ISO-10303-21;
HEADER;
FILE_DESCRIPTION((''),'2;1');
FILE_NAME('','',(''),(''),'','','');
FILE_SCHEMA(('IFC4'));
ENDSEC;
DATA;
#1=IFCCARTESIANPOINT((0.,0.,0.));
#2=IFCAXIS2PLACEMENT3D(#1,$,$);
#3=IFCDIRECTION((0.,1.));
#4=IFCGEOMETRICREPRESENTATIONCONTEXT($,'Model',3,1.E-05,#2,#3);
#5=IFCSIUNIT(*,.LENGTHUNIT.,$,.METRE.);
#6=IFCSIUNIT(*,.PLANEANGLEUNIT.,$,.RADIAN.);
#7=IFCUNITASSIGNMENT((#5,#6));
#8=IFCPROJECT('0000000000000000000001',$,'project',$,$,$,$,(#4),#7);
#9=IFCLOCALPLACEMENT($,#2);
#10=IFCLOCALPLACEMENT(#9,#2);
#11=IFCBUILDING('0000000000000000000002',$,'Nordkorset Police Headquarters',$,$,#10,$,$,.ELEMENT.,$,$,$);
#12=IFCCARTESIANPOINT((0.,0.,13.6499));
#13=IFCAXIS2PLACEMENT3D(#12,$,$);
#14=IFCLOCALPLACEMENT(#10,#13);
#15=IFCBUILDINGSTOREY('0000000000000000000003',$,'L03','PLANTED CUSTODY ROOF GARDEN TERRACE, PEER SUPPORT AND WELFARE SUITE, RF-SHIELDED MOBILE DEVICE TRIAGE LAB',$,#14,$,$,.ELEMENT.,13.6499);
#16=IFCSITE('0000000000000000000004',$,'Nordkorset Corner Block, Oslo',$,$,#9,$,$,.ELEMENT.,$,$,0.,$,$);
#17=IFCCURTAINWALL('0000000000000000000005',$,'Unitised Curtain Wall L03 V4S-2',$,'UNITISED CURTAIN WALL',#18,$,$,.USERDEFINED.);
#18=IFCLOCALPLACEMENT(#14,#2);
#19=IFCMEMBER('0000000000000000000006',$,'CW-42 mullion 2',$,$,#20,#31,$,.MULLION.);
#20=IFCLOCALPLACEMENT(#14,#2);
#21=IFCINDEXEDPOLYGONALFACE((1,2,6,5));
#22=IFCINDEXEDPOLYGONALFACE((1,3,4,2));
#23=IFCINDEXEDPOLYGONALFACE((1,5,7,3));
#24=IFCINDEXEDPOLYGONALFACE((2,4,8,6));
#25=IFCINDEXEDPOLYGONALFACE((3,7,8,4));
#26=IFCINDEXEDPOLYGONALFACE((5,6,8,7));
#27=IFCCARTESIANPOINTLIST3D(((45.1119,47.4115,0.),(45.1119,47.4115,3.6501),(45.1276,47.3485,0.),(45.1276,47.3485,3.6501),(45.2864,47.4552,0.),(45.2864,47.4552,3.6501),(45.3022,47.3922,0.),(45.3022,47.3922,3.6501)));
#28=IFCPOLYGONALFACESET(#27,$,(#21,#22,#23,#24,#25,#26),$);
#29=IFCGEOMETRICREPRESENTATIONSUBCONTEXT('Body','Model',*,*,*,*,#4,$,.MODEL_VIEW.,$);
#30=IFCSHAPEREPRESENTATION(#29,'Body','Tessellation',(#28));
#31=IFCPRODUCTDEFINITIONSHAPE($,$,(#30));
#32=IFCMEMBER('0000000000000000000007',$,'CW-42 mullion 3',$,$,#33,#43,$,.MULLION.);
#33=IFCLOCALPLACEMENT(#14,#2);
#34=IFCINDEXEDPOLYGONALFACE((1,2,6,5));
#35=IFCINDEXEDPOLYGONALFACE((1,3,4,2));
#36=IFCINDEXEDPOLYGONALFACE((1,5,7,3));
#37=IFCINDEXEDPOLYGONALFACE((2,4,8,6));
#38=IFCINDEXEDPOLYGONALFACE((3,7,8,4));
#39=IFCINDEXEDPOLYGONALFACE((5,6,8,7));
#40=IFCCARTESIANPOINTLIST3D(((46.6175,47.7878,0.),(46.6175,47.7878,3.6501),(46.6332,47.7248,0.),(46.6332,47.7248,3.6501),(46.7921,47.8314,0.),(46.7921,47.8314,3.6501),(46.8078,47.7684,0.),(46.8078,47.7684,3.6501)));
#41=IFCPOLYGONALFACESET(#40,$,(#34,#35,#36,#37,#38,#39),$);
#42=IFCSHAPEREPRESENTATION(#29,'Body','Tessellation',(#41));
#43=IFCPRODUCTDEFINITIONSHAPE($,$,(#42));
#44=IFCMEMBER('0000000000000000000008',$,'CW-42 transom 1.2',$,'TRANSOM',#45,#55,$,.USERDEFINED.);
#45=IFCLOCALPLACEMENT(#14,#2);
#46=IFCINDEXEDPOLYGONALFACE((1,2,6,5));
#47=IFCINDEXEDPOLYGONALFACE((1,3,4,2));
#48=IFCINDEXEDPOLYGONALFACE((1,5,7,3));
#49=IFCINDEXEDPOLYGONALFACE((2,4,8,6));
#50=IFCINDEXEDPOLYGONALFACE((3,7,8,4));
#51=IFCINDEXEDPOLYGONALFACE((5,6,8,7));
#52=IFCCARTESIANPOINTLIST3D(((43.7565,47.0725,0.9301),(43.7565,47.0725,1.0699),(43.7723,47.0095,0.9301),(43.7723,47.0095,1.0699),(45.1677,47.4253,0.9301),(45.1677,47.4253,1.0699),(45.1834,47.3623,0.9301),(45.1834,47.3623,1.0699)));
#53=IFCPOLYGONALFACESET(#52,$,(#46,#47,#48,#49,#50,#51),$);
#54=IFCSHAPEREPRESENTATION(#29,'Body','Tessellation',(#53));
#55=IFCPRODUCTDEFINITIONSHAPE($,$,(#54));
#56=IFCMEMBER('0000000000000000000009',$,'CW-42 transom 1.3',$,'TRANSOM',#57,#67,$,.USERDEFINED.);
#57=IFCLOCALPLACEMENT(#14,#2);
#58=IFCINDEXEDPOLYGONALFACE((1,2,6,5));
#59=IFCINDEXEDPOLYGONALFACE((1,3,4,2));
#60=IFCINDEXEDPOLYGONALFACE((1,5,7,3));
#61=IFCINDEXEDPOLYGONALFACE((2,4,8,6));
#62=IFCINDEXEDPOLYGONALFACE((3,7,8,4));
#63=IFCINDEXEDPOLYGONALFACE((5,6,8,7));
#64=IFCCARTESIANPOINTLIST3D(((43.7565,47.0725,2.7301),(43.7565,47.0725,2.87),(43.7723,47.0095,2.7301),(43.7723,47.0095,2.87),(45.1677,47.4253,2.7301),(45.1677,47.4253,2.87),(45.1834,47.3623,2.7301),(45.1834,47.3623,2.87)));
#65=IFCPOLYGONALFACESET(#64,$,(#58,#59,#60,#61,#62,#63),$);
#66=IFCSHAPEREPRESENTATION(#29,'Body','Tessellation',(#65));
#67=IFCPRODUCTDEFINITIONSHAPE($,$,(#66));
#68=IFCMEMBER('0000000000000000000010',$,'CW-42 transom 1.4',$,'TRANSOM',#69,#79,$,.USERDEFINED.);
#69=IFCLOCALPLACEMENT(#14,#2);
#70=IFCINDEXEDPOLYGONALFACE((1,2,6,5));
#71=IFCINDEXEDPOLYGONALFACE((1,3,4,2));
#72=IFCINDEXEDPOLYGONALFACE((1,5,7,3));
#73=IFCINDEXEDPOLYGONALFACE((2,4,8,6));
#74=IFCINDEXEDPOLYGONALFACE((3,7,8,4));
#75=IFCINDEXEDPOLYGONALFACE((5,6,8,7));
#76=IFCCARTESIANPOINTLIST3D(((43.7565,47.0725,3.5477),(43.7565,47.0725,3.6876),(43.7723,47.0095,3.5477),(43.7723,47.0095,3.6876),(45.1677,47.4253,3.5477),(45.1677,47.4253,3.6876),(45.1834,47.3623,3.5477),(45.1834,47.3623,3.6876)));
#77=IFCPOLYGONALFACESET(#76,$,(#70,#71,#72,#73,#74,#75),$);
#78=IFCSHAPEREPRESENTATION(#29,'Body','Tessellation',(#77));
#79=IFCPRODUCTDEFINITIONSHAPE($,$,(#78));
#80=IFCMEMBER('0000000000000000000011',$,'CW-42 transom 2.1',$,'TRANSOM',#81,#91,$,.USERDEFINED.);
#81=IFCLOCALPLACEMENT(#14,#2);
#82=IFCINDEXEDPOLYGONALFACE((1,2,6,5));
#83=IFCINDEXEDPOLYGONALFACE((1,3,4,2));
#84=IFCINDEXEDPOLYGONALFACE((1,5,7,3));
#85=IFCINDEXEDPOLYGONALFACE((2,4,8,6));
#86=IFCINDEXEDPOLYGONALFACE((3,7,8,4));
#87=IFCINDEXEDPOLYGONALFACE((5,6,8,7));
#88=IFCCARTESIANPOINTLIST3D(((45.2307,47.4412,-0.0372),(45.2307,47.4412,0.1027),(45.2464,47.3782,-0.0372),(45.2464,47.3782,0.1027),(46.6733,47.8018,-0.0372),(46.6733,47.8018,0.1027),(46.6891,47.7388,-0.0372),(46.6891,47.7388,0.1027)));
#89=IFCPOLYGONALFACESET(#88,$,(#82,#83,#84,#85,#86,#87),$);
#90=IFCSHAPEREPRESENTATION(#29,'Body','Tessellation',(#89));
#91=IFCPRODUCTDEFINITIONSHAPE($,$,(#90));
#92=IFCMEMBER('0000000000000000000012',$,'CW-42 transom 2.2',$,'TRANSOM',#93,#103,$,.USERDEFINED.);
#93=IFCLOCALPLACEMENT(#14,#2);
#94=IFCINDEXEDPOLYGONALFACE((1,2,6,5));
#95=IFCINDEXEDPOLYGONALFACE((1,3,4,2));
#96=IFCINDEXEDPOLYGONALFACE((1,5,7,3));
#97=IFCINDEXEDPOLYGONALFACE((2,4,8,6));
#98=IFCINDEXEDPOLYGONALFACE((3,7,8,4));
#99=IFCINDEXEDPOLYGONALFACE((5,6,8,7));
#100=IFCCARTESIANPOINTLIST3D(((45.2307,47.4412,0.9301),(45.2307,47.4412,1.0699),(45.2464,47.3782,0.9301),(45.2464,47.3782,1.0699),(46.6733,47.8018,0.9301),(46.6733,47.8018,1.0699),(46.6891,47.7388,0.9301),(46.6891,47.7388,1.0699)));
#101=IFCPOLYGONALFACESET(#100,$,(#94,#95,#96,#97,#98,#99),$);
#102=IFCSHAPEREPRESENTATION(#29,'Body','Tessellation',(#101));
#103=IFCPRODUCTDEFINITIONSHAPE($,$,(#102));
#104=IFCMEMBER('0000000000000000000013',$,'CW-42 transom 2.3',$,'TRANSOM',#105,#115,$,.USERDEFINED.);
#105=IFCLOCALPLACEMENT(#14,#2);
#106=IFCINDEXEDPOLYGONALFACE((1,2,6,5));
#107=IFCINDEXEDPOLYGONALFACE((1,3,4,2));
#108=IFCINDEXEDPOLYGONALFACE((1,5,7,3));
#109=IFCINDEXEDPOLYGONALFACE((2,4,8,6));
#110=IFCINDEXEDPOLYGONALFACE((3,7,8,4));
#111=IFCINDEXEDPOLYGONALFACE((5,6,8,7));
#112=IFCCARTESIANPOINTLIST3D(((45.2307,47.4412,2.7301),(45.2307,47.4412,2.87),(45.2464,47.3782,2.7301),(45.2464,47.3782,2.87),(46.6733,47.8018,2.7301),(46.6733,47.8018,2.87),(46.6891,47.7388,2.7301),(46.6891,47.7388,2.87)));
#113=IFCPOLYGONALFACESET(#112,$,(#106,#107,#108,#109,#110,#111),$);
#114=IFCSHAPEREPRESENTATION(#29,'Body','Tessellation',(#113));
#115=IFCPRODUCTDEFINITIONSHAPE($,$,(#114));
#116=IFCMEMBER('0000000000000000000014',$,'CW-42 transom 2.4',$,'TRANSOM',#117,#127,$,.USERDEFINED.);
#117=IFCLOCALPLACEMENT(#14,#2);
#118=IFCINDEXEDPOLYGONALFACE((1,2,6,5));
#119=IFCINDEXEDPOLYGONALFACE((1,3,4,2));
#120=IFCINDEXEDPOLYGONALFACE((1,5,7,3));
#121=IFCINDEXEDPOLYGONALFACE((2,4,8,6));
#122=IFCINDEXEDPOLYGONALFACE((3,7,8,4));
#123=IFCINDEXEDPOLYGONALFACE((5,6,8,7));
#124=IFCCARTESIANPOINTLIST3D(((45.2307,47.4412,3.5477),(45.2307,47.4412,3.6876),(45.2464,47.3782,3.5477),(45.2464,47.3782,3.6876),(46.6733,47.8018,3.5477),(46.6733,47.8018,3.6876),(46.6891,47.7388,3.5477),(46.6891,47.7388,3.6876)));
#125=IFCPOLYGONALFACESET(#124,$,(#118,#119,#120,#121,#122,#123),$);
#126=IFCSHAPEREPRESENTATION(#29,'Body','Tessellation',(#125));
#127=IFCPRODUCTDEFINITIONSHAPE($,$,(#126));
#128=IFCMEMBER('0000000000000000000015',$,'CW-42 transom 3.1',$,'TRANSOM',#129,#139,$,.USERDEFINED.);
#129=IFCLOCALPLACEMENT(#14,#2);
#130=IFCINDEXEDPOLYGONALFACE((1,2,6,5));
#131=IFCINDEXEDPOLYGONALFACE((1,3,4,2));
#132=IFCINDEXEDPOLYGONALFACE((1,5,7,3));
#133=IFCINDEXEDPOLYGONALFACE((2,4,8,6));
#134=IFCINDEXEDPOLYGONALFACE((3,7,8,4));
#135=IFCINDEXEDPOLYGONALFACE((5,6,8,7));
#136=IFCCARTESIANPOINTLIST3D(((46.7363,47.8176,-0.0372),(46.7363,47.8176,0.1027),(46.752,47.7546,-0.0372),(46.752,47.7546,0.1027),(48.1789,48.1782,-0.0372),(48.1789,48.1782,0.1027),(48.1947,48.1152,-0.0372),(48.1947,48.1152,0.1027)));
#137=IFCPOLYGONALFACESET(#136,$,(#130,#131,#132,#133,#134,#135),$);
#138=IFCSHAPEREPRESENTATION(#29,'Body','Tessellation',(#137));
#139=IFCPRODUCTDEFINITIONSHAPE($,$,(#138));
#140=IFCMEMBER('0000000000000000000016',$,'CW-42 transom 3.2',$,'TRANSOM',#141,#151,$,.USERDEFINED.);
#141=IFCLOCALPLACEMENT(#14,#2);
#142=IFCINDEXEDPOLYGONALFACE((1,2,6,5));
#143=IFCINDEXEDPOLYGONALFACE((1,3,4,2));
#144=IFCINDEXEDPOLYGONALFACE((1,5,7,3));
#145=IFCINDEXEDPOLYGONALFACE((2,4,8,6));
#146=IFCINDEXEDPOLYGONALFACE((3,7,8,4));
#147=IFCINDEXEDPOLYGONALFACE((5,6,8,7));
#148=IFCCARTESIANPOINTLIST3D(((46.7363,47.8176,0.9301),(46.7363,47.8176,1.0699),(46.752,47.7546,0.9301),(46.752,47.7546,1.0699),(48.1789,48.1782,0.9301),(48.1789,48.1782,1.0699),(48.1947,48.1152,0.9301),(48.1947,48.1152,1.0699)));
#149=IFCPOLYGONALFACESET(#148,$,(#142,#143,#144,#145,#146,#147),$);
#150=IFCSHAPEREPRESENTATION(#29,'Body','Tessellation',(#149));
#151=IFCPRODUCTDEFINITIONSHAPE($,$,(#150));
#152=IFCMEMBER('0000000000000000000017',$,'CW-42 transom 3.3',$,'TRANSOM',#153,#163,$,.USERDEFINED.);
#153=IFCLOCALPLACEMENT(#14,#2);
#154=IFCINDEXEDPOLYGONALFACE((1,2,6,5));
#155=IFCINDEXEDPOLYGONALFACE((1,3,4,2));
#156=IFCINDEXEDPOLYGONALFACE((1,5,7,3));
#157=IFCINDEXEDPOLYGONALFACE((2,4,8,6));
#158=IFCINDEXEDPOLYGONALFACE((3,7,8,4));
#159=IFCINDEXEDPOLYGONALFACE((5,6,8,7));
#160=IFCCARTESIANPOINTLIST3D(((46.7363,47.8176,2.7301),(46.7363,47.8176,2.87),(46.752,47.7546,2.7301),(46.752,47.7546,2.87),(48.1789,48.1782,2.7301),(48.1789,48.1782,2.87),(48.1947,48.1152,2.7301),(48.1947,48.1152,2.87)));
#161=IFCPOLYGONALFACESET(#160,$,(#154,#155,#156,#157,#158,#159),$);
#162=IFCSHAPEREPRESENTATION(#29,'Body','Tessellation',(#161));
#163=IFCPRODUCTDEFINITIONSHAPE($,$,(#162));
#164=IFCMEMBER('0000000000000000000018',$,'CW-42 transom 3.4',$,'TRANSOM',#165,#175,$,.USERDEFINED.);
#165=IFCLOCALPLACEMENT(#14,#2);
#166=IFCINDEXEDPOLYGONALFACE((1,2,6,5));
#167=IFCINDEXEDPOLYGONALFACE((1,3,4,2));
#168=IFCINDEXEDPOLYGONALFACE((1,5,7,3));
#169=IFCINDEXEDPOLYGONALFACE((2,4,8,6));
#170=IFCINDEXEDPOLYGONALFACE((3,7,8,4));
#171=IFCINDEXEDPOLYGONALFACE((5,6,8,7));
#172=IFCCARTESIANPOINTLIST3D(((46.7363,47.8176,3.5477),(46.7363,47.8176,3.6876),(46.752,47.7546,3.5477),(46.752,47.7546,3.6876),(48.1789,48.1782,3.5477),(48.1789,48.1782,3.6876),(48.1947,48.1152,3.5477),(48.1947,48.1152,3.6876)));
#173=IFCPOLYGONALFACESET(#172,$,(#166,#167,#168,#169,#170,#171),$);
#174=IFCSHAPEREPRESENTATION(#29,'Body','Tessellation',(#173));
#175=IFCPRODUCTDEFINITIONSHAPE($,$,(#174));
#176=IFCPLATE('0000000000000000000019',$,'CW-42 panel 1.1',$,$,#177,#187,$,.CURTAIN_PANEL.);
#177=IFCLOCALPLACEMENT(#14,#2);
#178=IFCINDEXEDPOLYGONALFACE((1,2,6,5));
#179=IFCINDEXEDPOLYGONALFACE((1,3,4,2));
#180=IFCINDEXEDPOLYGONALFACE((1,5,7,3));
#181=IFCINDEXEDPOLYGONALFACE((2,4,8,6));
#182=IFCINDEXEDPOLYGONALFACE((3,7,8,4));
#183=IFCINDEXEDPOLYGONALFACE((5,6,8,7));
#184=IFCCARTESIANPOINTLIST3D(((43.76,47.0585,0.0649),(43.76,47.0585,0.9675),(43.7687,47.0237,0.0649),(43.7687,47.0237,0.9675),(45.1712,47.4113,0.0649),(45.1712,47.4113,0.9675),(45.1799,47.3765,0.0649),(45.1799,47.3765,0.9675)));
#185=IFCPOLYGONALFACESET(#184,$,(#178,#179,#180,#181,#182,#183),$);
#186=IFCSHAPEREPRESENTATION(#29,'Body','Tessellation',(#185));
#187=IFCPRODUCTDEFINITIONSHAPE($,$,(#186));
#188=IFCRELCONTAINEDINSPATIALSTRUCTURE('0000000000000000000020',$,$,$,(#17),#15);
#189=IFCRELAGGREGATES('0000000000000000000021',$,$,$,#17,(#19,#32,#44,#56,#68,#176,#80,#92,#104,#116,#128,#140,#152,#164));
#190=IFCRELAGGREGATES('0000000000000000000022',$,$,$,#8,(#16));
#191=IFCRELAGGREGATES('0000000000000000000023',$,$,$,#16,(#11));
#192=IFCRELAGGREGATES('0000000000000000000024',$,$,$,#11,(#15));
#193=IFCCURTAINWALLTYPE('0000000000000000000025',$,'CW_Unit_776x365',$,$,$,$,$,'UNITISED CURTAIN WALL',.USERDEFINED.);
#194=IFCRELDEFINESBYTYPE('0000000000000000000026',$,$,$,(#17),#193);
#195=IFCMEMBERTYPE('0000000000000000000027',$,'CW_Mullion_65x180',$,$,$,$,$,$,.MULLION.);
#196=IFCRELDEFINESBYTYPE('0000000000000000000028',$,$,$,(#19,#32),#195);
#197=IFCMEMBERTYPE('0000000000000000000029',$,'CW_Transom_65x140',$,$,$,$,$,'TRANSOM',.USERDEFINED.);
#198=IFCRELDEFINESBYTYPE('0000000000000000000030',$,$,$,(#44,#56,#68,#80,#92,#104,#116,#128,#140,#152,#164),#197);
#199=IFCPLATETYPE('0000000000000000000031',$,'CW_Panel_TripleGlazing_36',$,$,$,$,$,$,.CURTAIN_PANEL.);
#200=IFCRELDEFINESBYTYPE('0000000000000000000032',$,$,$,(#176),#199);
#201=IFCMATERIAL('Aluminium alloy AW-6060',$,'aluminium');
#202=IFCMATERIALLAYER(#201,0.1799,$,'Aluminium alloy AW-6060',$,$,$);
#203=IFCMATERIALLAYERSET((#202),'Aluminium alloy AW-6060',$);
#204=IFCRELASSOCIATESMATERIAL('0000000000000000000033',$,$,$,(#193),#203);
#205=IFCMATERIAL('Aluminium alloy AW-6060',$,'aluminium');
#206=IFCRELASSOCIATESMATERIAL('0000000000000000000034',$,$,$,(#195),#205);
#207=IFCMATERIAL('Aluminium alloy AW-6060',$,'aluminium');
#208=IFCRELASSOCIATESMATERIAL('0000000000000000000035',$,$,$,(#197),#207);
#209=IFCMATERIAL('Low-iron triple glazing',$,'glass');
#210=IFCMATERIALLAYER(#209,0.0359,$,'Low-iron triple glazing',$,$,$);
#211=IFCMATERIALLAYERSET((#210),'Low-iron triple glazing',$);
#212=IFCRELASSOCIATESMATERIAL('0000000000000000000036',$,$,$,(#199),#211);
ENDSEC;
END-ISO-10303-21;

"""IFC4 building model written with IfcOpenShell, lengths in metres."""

from ifc_helpers import new_model, si_unit, direction, frame, origin, origin_2d, place, context, subcontext, project, spatial, rectangle, extrude, material, layer, layer_set, material_profile, profile_set, type_object, element, aggregate, save


model = new_model("IFC4")

# Units and contexts
model_context = context("Model", 3, precision=1e-05, world=origin(), true_north=direction((0.0, 1.0)))
body_context = subcontext(model_context, "Body", "Model", "MODEL_VIEW")
ifc_project = project(units=[si_unit("LENGTHUNIT", "METRE"), si_unit("PLANEANGLEUNIT", "RADIAN")], contexts=[model_context])

# Site, building, storey
site_placement = place(None, origin())
site = spatial("IfcSite", under=ifc_project, at=site_placement, Name="Nordkorset Corner Block, Oslo", CompositionType="ELEMENT", RefElevation=0.0)
building_placement = place(site_placement, origin())
building = spatial("IfcBuilding", under=site, at=building_placement, Name="Nordkorset Police Headquarters", CompositionType="ELEMENT")
storey_placement = place(building_placement, frame((0.0, 0.0, 13.6499)))
storey = spatial("IfcBuildingStorey", under=building, at=storey_placement, Name="L03", Description="PLANTED CUSTODY ROOF GARDEN TERRACE, PEER SUPPORT AND WELFARE SUITE, RF-SHIELDED MOBILE DEVICE TRIAGE LAB", CompositionType="ELEMENT", Elevation=13.6499)

# Curtain wall, members, plate
ifc_material_1 = material(Name="Aluminium alloy AW-6060", Category="aluminium")
ifc_layer_1 = layer(ifc_material_1, 0.1799, Name="Aluminium alloy AW-6060")
ifc_layer_set_1 = layer_set([ifc_layer_1], Name="Aluminium alloy AW-6060")
curtain_wall_type = type_object("IfcCurtainWallType", Name="CW_Unit_776x365", ElementType="UNITISED CURTAIN WALL", PredefinedType="USERDEFINED", material=ifc_layer_set_1)
curtain_wall_placement = place(storey_placement, origin())
curtain_wall = element("IfcCurtainWall", 1, at=curtain_wall_placement, inside=storey, type_object=curtain_wall_type, Name="Unitised Curtain Wall L03 V4S-2", ObjectType="UNITISED CURTAIN WALL", PredefinedType="USERDEFINED")
ifc_material_2 = material(Name="Aluminium alloy AW-6060", Category="aluminium")
ifc_material_profile_1 = material_profile(ifc_material_2, rectangle(XDim=0.0649, YDim=0.1799, at=origin_2d()), Name="ALU MULL 65x180")
ifc_profile_set_1 = profile_set([ifc_material_profile_1], Name="Aluminium alloy AW-6060")
member_type_1 = type_object("IfcMemberType", Name="CW_Mullion_65x180", PredefinedType="MULLION", material=ifc_profile_set_1)
member_1_placement = place(storey_placement, frame((45.207, 47.4019, 0.0), z_axis=(0.0, 0.0, 1.0), x_axis=(-0.242535, 0.970143, 0.0)))
member_1 = element("IfcMember", 2, at=member_1_placement, type_object=member_type_1, Name="CW-42 mullion 2", PredefinedType="MULLION", context=body_context, shape_type="SweptSolid", body=[
    extrude(rectangle(XDim=0.0649, YDim=0.1799, at=origin_2d()), origin(), (0.0, 0.0, 1.0), 3.6501),
])
member_2_placement = place(storey_placement, frame((46.7126, 47.7781, 0.0), z_axis=(0.0, 0.0, 1.0), x_axis=(-0.242535, 0.970143, 0.0)))
member_2 = element("IfcMember", 3, at=member_2_placement, type_object=member_type_1, Name="CW-42 mullion 3", PredefinedType="MULLION", context=body_context, shape_type="SweptSolid", body=[
    extrude(rectangle(XDim=0.0649, YDim=0.1799, at=origin_2d()), origin(), (0.0, 0.0, 1.0), 3.6501),
])
ifc_material_3 = material(Name="Aluminium alloy AW-6060", Category="aluminium")
ifc_material_profile_2 = material_profile(ifc_material_3, rectangle(XDim=0.0649, YDim=0.1399, at=origin_2d()), Name="ALU TRAN 65x140")
ifc_profile_set_2 = profile_set([ifc_material_profile_2], Name="Aluminium alloy AW-6060")
member_type_2 = type_object("IfcMemberType", Name="CW_Transom_65x140", ElementType="TRANSOM", PredefinedType="USERDEFINED", material=ifc_profile_set_2)
member_3_placement = place(storey_placement, frame((43.7644, 47.041, 1.0), z_axis=(0.970143, 0.242536, 0.0), x_axis=(-0.242536, 0.970143, 0.0)))
member_3 = element("IfcMember", 4, at=member_3_placement, type_object=member_type_2, Name="CW-42 transom 1.2", ObjectType="TRANSOM", PredefinedType="USERDEFINED", context=body_context, shape_type="SweptSolid", body=[
    extrude(rectangle(XDim=0.0649, YDim=0.1399, at=origin_2d()), origin(), (0.0, 0.0, 1.0), 1.4546),
])
member_4_placement = place(storey_placement, frame((43.7644, 47.041, 2.8), z_axis=(0.970143, 0.242536, 0.0), x_axis=(-0.242536, 0.970143, 0.0)))
member_4 = element("IfcMember", 5, at=member_4_placement, type_object=member_type_2, Name="CW-42 transom 1.3", ObjectType="TRANSOM", PredefinedType="USERDEFINED", context=body_context, shape_type="SweptSolid", body=[
    extrude(rectangle(XDim=0.0649, YDim=0.1399, at=origin_2d()), origin(), (0.0, 0.0, 1.0), 1.4546),
])
member_5_placement = place(storey_placement, frame((43.7644, 47.041, 3.6177), z_axis=(0.970143, 0.242536, 0.0), x_axis=(-0.242536, 0.970143, 0.0)))
member_5 = element("IfcMember", 6, at=member_5_placement, type_object=member_type_2, Name="CW-42 transom 1.4", ObjectType="TRANSOM", PredefinedType="USERDEFINED", context=body_context, shape_type="SweptSolid", body=[
    extrude(rectangle(XDim=0.0649, YDim=0.1399, at=origin_2d()), origin(), (0.0, 0.0, 1.0), 1.4546),
])
member_6_placement = place(storey_placement, frame((45.2385, 47.4097, 0.0327), z_axis=(0.970152, 0.242497, 0.0), x_axis=(-0.242497, 0.970152, 0.0)))
member_6 = element("IfcMember", 7, at=member_6_placement, type_object=member_type_2, Name="CW-42 transom 2.1", ObjectType="TRANSOM", PredefinedType="USERDEFINED", context=body_context, shape_type="SweptSolid", body=[
    extrude(rectangle(XDim=0.0649, YDim=0.1399, at=origin_2d()), origin(), (0.0, 0.0, 1.0), 1.4871),
])
member_7_placement = place(storey_placement, frame((45.2385, 47.4097, 1.0), z_axis=(0.970152, 0.242497, 0.0), x_axis=(-0.242497, 0.970152, 0.0)))
member_7 = element("IfcMember", 8, at=member_7_placement, type_object=member_type_2, Name="CW-42 transom 2.2", ObjectType="TRANSOM", PredefinedType="USERDEFINED", context=body_context, shape_type="SweptSolid", body=[
    extrude(rectangle(XDim=0.0649, YDim=0.1399, at=origin_2d()), origin(), (0.0, 0.0, 1.0), 1.4871),
])
member_8_placement = place(storey_placement, frame((45.2385, 47.4097, 2.8), z_axis=(0.970152, 0.242497, 0.0), x_axis=(-0.242497, 0.970152, 0.0)))
member_8 = element("IfcMember", 9, at=member_8_placement, type_object=member_type_2, Name="CW-42 transom 2.3", ObjectType="TRANSOM", PredefinedType="USERDEFINED", context=body_context, shape_type="SweptSolid", body=[
    extrude(rectangle(XDim=0.0649, YDim=0.1399, at=origin_2d()), origin(), (0.0, 0.0, 1.0), 1.4871),
])
member_9_placement = place(storey_placement, frame((45.2385, 47.4097, 3.6177), z_axis=(0.970152, 0.242497, 0.0), x_axis=(-0.242497, 0.970152, 0.0)))
member_9 = element("IfcMember", 10, at=member_9_placement, type_object=member_type_2, Name="CW-42 transom 2.4", ObjectType="TRANSOM", PredefinedType="USERDEFINED", context=body_context, shape_type="SweptSolid", body=[
    extrude(rectangle(XDim=0.0649, YDim=0.1399, at=origin_2d()), origin(), (0.0, 0.0, 1.0), 1.4871),
])
member_10_placement = place(storey_placement, frame((46.7441, 47.7861, 0.0327), z_axis=(0.970152, 0.242497, 0.0), x_axis=(-0.242497, 0.970152, 0.0)))
member_10 = element("IfcMember", 11, at=member_10_placement, type_object=member_type_2, Name="CW-42 transom 3.1", ObjectType="TRANSOM", PredefinedType="USERDEFINED", context=body_context, shape_type="SweptSolid", body=[
    extrude(rectangle(XDim=0.0649, YDim=0.1399, at=origin_2d()), origin(), (0.0, 0.0, 1.0), 1.4871),
])
member_11_placement = place(storey_placement, frame((46.7441, 47.7861, 1.0), z_axis=(0.970152, 0.242497, 0.0), x_axis=(-0.242497, 0.970152, 0.0)))
member_11 = element("IfcMember", 12, at=member_11_placement, type_object=member_type_2, Name="CW-42 transom 3.2", ObjectType="TRANSOM", PredefinedType="USERDEFINED", context=body_context, shape_type="SweptSolid", body=[
    extrude(rectangle(XDim=0.0649, YDim=0.1399, at=origin_2d()), origin(), (0.0, 0.0, 1.0), 1.4871),
])
member_12_placement = place(storey_placement, frame((46.7441, 47.7861, 2.8), z_axis=(0.970152, 0.242497, 0.0), x_axis=(-0.242497, 0.970152, 0.0)))
member_12 = element("IfcMember", 13, at=member_12_placement, type_object=member_type_2, Name="CW-42 transom 3.3", ObjectType="TRANSOM", PredefinedType="USERDEFINED", context=body_context, shape_type="SweptSolid", body=[
    extrude(rectangle(XDim=0.0649, YDim=0.1399, at=origin_2d()), origin(), (0.0, 0.0, 1.0), 1.4871),
])
member_13_placement = place(storey_placement, frame((46.7441, 47.7861, 3.6177), z_axis=(0.970152, 0.242497, 0.0), x_axis=(-0.242497, 0.970152, 0.0)))
member_13 = element("IfcMember", 14, at=member_13_placement, type_object=member_type_2, Name="CW-42 transom 3.4", ObjectType="TRANSOM", PredefinedType="USERDEFINED", context=body_context, shape_type="SweptSolid", body=[
    extrude(rectangle(XDim=0.0649, YDim=0.1399, at=origin_2d()), origin(), (0.0, 0.0, 1.0), 1.4871),
])
ifc_material_4 = material(Name="Low-iron triple glazing", Category="glass")
ifc_layer_2 = layer(ifc_material_4, 0.0359, Name="Low-iron triple glazing")
ifc_layer_set_2 = layer_set([ifc_layer_2], Name="Low-iron triple glazing")
plate_type = type_object("IfcPlateType", Name="CW_Panel_TripleGlazing_36", PredefinedType="CURTAIN_PANEL", material=ifc_layer_set_2)
plate_1_placement = place(storey_placement, frame((44.47, 47.2175, 0.0649), z_axis=(0.0, 0.0, 1.0), x_axis=(0.970143, 0.242535, 0.0)))
plate_1 = element("IfcPlate", 15, at=plate_1_placement, type_object=plate_type, Name="CW-42 panel 1.1", PredefinedType="CURTAIN_PANEL", context=body_context, shape_type="SweptSolid", body=[
    extrude(rectangle(XDim=1.4546, YDim=0.0359, at=origin_2d()), origin(), (0.0, 0.0, 1.0), 0.9026),
])
aggregate(curtain_wall, [member_1, member_2, member_3, member_4, member_5, plate_1, member_6, member_7, member_8, member_9, member_10, member_11, member_12, member_13])

save(model, "model.ifc")
